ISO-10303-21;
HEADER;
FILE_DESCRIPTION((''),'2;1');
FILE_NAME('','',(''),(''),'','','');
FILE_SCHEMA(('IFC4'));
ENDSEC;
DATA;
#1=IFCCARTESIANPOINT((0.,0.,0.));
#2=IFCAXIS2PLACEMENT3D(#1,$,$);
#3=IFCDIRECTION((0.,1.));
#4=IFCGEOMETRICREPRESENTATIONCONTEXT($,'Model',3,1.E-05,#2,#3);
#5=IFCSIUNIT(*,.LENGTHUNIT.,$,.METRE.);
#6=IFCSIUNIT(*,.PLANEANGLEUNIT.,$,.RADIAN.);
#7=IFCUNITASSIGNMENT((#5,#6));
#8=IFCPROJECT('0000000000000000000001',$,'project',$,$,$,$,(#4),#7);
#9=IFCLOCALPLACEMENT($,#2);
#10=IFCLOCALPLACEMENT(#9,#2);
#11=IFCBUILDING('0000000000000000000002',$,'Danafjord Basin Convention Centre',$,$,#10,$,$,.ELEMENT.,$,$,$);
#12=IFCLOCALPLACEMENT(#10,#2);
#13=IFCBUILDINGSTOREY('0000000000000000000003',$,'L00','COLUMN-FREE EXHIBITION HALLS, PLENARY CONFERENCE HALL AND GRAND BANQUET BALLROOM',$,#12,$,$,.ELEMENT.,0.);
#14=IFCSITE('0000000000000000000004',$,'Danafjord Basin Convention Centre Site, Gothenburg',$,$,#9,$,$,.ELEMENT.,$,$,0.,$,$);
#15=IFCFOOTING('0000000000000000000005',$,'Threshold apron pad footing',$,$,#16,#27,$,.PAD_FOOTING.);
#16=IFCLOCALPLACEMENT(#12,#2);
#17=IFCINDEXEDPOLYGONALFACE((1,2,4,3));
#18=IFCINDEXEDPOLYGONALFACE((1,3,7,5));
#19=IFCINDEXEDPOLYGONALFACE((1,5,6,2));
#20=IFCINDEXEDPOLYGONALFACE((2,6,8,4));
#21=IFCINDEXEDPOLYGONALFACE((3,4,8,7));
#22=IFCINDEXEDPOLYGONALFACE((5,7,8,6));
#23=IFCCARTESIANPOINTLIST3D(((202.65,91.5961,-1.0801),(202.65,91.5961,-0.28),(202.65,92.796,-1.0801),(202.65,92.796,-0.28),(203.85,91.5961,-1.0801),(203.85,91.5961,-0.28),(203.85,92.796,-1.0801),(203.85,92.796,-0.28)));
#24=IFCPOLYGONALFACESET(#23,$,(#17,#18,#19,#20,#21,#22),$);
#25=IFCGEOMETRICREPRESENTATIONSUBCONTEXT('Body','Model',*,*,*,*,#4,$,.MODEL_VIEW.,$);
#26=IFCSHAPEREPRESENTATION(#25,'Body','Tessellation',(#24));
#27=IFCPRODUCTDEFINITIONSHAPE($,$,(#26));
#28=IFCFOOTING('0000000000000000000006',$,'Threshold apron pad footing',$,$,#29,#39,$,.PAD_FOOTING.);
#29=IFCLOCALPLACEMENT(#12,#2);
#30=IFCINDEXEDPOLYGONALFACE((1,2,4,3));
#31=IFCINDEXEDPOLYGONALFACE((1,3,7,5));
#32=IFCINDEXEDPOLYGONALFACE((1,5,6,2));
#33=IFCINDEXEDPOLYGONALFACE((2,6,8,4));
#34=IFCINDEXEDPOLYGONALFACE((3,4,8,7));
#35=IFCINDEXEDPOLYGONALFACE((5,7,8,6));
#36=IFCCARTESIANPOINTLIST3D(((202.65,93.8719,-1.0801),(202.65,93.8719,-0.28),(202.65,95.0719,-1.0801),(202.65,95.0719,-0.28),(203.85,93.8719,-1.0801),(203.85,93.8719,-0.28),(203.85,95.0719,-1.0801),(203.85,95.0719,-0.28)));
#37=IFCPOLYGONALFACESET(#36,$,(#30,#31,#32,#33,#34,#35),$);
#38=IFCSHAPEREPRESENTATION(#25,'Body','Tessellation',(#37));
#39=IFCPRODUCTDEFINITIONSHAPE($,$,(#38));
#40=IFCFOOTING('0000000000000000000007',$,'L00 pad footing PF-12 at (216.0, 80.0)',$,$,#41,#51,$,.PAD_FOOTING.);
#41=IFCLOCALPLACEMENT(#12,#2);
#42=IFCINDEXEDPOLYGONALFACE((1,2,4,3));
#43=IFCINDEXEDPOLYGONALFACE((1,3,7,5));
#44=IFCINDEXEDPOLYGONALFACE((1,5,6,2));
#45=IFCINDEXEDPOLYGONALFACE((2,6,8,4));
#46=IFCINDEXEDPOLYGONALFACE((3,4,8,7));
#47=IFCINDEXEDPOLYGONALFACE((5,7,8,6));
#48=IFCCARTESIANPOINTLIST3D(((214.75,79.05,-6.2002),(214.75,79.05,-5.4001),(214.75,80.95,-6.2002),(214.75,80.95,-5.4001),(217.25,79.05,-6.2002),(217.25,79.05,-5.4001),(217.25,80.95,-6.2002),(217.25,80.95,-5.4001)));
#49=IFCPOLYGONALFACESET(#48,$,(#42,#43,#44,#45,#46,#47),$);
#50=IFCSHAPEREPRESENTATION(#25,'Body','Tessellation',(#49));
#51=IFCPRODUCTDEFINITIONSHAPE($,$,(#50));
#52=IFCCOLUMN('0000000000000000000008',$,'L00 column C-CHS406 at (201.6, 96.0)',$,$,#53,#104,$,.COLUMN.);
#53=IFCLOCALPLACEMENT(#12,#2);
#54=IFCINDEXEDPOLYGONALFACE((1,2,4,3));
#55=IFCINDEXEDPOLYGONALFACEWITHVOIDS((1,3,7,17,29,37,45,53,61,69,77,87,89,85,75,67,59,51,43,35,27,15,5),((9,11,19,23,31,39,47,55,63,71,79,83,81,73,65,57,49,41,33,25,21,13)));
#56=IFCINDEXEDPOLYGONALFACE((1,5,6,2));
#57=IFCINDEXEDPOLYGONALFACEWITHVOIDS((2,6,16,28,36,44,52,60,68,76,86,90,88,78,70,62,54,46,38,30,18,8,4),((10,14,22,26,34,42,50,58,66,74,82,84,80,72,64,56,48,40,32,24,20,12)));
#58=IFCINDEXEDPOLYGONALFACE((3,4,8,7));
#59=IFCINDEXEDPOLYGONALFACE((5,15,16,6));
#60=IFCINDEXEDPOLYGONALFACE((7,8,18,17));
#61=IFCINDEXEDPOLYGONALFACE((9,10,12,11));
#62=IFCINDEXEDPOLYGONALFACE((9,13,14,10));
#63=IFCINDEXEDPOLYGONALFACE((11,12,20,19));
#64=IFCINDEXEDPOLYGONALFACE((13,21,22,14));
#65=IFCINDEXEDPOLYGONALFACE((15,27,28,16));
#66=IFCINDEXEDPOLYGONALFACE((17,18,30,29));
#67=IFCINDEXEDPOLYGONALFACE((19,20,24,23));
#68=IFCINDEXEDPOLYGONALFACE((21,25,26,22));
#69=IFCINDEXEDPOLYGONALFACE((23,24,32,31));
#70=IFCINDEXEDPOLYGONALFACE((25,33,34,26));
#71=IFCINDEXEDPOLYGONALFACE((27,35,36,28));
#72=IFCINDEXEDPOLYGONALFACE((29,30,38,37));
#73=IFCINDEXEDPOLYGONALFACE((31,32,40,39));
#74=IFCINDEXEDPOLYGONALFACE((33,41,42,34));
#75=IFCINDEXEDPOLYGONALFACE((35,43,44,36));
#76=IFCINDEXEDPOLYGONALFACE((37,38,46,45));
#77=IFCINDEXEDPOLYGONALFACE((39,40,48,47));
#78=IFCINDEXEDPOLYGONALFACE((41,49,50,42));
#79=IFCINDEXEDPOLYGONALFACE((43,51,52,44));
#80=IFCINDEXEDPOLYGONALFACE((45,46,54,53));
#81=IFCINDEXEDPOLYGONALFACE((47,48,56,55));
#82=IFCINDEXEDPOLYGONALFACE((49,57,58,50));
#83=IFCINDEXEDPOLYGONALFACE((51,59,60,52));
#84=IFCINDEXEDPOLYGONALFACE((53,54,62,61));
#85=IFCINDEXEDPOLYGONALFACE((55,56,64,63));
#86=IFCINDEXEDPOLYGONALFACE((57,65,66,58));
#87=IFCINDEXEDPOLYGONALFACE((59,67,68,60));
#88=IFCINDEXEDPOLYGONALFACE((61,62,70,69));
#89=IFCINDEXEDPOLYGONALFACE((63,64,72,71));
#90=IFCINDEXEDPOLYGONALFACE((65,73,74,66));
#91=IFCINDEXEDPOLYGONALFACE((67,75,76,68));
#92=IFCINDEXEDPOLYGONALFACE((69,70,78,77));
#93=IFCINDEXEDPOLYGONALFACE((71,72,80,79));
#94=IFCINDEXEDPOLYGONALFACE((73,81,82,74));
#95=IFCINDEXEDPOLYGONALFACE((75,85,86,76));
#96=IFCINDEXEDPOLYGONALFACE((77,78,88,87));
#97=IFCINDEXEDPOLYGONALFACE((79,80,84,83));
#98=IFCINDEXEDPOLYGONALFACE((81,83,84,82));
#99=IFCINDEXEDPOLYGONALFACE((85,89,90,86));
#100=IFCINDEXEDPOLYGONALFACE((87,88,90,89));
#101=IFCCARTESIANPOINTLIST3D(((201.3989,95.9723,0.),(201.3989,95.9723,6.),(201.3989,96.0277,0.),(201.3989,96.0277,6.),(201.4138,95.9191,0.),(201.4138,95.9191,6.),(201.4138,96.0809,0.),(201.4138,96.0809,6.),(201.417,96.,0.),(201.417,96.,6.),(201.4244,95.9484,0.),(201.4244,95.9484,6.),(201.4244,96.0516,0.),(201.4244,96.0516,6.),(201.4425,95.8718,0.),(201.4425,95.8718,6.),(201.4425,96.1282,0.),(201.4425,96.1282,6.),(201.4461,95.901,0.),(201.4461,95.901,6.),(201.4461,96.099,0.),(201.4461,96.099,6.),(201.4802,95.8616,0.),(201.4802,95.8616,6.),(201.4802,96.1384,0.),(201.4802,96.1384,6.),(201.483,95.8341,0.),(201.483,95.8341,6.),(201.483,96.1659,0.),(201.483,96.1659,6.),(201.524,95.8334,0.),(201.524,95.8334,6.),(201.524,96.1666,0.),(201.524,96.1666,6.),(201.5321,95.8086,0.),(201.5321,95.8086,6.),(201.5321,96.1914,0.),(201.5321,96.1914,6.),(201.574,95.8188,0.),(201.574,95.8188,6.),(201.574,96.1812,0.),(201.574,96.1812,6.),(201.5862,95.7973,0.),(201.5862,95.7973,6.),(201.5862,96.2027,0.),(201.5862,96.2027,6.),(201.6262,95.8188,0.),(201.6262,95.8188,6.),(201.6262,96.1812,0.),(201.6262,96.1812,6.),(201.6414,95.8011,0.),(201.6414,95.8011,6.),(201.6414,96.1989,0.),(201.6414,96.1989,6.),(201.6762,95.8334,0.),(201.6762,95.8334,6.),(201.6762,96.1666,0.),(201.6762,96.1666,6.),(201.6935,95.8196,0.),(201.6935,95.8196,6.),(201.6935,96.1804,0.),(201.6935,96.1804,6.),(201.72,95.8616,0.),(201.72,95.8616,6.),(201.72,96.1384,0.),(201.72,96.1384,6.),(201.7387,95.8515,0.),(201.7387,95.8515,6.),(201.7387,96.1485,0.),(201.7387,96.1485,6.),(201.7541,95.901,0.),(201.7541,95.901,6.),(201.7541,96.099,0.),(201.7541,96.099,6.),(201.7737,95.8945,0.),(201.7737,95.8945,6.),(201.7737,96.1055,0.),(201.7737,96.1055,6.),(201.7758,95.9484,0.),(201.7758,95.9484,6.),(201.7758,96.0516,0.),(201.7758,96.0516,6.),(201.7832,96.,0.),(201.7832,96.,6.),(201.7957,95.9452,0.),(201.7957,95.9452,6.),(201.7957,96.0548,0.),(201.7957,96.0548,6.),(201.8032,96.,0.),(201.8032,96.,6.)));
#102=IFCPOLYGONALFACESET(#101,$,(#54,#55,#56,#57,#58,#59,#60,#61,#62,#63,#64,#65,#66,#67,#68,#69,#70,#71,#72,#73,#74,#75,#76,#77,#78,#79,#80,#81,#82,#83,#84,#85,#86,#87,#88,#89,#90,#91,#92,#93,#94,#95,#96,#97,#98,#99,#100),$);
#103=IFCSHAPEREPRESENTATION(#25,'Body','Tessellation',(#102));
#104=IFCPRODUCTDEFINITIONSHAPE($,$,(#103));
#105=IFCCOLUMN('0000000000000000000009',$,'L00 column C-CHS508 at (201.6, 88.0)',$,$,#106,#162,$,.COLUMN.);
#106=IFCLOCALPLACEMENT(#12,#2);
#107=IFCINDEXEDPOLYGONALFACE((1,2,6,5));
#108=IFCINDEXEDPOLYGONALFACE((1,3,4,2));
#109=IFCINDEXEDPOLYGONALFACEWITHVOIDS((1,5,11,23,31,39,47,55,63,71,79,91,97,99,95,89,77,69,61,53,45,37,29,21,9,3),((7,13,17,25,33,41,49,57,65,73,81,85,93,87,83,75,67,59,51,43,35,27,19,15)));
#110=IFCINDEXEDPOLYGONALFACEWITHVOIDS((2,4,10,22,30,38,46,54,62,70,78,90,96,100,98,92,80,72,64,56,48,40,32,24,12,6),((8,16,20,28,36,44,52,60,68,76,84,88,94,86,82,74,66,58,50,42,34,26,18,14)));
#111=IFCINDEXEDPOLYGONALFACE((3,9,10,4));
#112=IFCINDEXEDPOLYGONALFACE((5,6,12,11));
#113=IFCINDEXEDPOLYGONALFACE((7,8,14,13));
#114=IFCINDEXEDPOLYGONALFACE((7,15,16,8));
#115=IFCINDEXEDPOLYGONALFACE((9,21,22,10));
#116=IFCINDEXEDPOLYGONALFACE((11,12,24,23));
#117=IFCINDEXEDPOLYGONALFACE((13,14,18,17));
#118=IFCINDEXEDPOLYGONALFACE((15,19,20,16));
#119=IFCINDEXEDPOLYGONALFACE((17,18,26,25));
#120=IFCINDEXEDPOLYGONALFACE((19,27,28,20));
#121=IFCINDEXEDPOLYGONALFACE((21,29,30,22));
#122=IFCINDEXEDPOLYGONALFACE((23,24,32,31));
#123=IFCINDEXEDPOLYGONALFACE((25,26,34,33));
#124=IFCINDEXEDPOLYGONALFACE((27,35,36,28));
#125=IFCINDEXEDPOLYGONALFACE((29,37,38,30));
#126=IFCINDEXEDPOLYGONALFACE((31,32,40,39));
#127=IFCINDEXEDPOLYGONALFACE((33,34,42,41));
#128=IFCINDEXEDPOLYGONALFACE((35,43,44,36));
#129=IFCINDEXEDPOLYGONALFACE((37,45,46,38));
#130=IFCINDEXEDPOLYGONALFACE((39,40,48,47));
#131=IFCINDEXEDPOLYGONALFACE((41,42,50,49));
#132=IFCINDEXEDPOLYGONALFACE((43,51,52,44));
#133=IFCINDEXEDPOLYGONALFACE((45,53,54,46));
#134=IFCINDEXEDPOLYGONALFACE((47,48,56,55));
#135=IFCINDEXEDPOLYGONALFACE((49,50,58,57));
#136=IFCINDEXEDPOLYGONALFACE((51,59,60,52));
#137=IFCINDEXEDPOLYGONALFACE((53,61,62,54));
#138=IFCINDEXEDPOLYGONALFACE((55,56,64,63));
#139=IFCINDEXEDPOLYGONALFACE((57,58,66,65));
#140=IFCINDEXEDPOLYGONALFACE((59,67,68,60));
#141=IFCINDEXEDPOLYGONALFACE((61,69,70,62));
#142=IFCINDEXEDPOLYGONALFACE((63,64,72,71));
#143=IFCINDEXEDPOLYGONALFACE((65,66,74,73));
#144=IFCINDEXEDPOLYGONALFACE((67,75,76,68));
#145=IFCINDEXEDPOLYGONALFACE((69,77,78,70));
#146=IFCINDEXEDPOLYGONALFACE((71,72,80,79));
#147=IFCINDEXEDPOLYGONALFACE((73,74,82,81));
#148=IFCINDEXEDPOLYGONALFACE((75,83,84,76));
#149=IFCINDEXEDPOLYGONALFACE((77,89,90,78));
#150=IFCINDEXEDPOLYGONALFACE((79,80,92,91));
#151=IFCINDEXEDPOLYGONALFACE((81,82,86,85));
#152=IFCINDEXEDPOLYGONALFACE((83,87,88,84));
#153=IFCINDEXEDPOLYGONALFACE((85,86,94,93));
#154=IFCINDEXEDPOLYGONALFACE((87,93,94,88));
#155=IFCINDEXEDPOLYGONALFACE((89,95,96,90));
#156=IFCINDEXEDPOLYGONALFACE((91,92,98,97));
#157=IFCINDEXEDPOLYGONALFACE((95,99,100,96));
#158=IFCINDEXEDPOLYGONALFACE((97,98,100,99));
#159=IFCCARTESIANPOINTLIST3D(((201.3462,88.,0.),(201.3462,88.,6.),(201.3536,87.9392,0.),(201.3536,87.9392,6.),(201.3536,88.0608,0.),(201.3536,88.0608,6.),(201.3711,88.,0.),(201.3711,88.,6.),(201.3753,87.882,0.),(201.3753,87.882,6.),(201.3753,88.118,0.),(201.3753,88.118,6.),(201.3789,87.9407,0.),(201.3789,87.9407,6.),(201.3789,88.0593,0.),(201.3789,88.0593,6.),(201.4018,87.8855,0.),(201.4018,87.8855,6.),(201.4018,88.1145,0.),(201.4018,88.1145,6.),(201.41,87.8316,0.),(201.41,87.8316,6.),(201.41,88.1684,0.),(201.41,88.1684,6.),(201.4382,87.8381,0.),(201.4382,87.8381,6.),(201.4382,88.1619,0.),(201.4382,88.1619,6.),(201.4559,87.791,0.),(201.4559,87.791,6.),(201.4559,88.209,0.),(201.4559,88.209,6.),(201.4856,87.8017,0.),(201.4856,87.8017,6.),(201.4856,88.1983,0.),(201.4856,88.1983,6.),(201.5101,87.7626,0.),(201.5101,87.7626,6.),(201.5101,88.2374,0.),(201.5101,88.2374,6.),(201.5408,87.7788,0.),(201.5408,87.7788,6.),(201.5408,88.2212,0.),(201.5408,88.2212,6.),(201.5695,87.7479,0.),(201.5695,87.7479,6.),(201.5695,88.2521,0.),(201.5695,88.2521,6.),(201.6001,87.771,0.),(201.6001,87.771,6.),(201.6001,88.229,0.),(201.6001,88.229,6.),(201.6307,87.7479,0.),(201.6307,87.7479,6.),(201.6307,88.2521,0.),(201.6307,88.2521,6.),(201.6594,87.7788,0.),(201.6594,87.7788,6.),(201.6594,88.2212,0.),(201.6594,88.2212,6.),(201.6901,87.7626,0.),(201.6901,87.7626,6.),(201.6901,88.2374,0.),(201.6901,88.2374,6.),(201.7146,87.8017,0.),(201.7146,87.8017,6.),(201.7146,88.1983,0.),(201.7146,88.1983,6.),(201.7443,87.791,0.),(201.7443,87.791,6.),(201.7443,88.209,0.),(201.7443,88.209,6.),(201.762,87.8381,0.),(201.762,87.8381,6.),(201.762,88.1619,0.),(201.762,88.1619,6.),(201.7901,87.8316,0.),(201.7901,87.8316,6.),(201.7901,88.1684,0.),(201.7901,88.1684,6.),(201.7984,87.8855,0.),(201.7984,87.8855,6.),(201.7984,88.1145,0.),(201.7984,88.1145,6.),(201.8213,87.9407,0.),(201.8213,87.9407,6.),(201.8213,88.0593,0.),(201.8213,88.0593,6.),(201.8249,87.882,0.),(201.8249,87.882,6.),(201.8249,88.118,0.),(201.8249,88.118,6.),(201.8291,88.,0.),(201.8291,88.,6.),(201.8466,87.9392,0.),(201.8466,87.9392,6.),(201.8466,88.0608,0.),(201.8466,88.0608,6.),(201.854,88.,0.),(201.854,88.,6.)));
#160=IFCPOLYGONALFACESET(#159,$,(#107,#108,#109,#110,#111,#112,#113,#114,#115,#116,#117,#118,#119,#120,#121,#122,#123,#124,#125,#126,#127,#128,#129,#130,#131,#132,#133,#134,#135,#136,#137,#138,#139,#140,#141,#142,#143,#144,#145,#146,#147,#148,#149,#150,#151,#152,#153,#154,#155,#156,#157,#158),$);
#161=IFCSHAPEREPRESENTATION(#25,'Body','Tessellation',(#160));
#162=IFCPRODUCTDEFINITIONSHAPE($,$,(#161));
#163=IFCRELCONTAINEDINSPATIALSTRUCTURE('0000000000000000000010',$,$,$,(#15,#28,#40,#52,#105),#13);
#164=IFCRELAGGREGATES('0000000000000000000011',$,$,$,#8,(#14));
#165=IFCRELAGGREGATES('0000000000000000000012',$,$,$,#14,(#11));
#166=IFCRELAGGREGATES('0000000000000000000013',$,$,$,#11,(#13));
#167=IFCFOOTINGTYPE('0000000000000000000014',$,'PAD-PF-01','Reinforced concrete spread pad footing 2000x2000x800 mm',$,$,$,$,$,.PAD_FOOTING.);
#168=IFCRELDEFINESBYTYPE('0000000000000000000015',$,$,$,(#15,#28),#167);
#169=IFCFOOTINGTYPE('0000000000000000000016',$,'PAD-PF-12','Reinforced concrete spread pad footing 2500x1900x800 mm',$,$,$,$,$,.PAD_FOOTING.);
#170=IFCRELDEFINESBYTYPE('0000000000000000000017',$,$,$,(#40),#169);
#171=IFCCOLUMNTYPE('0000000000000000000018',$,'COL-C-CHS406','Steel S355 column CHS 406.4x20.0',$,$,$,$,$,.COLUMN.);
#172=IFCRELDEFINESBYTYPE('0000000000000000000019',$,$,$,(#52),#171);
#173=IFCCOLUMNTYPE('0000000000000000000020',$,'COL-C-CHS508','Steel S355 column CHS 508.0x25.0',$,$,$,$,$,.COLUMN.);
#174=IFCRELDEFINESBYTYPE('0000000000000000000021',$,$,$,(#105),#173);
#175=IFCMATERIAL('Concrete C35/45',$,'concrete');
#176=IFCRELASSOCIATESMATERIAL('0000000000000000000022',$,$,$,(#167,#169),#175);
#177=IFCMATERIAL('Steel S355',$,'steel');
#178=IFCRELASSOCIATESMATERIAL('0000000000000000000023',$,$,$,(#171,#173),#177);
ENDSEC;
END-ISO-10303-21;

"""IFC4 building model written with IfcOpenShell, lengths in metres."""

from ifc_helpers import new_model, si_unit, direction, frame, origin, origin_2d, place, context, subcontext, project, spatial, rectangle, hollow_circle, extrude, material, material_profile, profile_set, type_object, element, save


model = new_model("IFC4")

# Units and contexts
model_context = context("Model", 3, precision=1e-05, world=origin(), true_north=direction((0.0, 1.0)))
body_context = subcontext(model_context, "Body", "Model", "MODEL_VIEW")
ifc_project = project(units=[si_unit("LENGTHUNIT", "METRE"), si_unit("PLANEANGLEUNIT", "RADIAN")], contexts=[model_context])

# Site, building, storey
site_placement = place(None, origin())
site = spatial("IfcSite", under=ifc_project, at=site_placement, Name="Danafjord Basin Convention Centre Site, Gothenburg", CompositionType="ELEMENT", RefElevation=0.0)
building_placement = place(site_placement, origin())
building = spatial("IfcBuilding", under=site, at=building_placement, Name="Danafjord Basin Convention Centre", CompositionType="ELEMENT")
storey_placement = place(building_placement, origin())
storey = spatial("IfcBuildingStorey", under=building, at=storey_placement, Name="L00", Description="COLUMN-FREE EXHIBITION HALLS, PLENARY CONFERENCE HALL AND GRAND BANQUET BALLROOM", CompositionType="ELEMENT", Elevation=0.0)

# Footings
ifc_material_1 = material(Name="Concrete C35/45", Category="concrete")
footing_type_1 = type_object("IfcFootingType", Name="PAD-PF-01", Description="Reinforced concrete spread pad footing 2000x2000x800 mm", PredefinedType="PAD_FOOTING", material=ifc_material_1)
for number, where, z_axis, x_axis, name in (
    (1, (203.25, 92.196, -1.0801), (0.0, 0.0, 1.0), (1.0, 0.0, 0.0), "Threshold apron pad footing"),
    (2, (203.25, 94.4719, -1.0801), (0.0, 0.0, 1.0), (1.0, 0.0, 0.0), "Threshold apron pad footing"),
):
    element("IfcFooting", number, at=place(storey_placement, frame(where, z_axis=z_axis, x_axis=x_axis)), inside=storey, type_object=footing_type_1, Name=name, PredefinedType="PAD_FOOTING", context=body_context, shape_type="SweptSolid", body=[
        extrude(rectangle(XDim=1.2, YDim=1.2, at=origin_2d()), origin(), (0.0, 0.0, 1.0), 0.8),
    ])
footing_type_2 = type_object("IfcFootingType", Name="PAD-PF-12", Description="Reinforced concrete spread pad footing 2500x1900x800 mm", PredefinedType="PAD_FOOTING", material=ifc_material_1)
footing_placement = place(storey_placement, frame((216.0, 80.0, -6.2002), z_axis=(0.0, 0.0, 1.0), x_axis=(1.0, 0.0, 0.0)))
element("IfcFooting", 3, at=footing_placement, inside=storey, type_object=footing_type_2, Name="L00 pad footing PF-12 at (216.0, 80.0)", PredefinedType="PAD_FOOTING", context=body_context, shape_type="SweptSolid", body=[
    extrude(rectangle(XDim=2.5, YDim=1.8999, at=origin_2d()), origin(), (0.0, 0.0, 1.0), 0.8),
])

# Columns
ifc_material_2 = material(Name="Steel S355", Category="steel")
ifc_material_profile_1 = material_profile(ifc_material_2, hollow_circle(Radius=0.2031, WallThickness=0.02, at=origin_2d()), Name="CHS 406.4x20.0")
ifc_profile_set_1 = profile_set([ifc_material_profile_1], Name="Steel S355")
column_type_1 = type_object("IfcColumnType", Name="COL-C-CHS406", Description="Steel S355 column CHS 406.4x20.0", PredefinedType="COLUMN", material=ifc_profile_set_1)
column_1_placement = place(storey_placement, frame((201.6001, 96.0, 0.0), z_axis=(0.0, 0.0, 1.0), x_axis=(1.0, 0.0, 0.0)))
element("IfcColumn", 4, at=column_1_placement, inside=storey, type_object=column_type_1, Name="L00 column C-CHS406 at (201.6, 96.0)", PredefinedType="COLUMN", context=body_context, shape_type="SweptSolid", body=[
    extrude(hollow_circle(Radius=0.2031, WallThickness=0.02, at=origin_2d()), origin(), (0.0, 0.0, 1.0), 6.0),
])
ifc_material_profile_2 = material_profile(ifc_material_2, hollow_circle(Radius=0.2539, WallThickness=0.0249, at=origin_2d()), Name="CHS 508.0x25.0")
ifc_profile_set_2 = profile_set([ifc_material_profile_2], Name="Steel S355")
column_type_2 = type_object("IfcColumnType", Name="COL-C-CHS508", Description="Steel S355 column CHS 508.0x25.0", PredefinedType="COLUMN", material=ifc_profile_set_2)
column_2_placement = place(storey_placement, frame((201.6001, 88.0, 0.0), z_axis=(0.0, 0.0, 1.0), x_axis=(1.0, 0.0, 0.0)))
element("IfcColumn", 5, at=column_2_placement, inside=storey, type_object=column_type_2, Name="L00 column C-CHS508 at (201.6, 88.0)", PredefinedType="COLUMN", context=body_context, shape_type="SweptSolid", body=[
    extrude(hollow_circle(Radius=0.2539, WallThickness=0.0249, at=origin_2d()), origin(), (0.0, 0.0, 1.0), 6.0),
])

save(model, "model.ifc")
